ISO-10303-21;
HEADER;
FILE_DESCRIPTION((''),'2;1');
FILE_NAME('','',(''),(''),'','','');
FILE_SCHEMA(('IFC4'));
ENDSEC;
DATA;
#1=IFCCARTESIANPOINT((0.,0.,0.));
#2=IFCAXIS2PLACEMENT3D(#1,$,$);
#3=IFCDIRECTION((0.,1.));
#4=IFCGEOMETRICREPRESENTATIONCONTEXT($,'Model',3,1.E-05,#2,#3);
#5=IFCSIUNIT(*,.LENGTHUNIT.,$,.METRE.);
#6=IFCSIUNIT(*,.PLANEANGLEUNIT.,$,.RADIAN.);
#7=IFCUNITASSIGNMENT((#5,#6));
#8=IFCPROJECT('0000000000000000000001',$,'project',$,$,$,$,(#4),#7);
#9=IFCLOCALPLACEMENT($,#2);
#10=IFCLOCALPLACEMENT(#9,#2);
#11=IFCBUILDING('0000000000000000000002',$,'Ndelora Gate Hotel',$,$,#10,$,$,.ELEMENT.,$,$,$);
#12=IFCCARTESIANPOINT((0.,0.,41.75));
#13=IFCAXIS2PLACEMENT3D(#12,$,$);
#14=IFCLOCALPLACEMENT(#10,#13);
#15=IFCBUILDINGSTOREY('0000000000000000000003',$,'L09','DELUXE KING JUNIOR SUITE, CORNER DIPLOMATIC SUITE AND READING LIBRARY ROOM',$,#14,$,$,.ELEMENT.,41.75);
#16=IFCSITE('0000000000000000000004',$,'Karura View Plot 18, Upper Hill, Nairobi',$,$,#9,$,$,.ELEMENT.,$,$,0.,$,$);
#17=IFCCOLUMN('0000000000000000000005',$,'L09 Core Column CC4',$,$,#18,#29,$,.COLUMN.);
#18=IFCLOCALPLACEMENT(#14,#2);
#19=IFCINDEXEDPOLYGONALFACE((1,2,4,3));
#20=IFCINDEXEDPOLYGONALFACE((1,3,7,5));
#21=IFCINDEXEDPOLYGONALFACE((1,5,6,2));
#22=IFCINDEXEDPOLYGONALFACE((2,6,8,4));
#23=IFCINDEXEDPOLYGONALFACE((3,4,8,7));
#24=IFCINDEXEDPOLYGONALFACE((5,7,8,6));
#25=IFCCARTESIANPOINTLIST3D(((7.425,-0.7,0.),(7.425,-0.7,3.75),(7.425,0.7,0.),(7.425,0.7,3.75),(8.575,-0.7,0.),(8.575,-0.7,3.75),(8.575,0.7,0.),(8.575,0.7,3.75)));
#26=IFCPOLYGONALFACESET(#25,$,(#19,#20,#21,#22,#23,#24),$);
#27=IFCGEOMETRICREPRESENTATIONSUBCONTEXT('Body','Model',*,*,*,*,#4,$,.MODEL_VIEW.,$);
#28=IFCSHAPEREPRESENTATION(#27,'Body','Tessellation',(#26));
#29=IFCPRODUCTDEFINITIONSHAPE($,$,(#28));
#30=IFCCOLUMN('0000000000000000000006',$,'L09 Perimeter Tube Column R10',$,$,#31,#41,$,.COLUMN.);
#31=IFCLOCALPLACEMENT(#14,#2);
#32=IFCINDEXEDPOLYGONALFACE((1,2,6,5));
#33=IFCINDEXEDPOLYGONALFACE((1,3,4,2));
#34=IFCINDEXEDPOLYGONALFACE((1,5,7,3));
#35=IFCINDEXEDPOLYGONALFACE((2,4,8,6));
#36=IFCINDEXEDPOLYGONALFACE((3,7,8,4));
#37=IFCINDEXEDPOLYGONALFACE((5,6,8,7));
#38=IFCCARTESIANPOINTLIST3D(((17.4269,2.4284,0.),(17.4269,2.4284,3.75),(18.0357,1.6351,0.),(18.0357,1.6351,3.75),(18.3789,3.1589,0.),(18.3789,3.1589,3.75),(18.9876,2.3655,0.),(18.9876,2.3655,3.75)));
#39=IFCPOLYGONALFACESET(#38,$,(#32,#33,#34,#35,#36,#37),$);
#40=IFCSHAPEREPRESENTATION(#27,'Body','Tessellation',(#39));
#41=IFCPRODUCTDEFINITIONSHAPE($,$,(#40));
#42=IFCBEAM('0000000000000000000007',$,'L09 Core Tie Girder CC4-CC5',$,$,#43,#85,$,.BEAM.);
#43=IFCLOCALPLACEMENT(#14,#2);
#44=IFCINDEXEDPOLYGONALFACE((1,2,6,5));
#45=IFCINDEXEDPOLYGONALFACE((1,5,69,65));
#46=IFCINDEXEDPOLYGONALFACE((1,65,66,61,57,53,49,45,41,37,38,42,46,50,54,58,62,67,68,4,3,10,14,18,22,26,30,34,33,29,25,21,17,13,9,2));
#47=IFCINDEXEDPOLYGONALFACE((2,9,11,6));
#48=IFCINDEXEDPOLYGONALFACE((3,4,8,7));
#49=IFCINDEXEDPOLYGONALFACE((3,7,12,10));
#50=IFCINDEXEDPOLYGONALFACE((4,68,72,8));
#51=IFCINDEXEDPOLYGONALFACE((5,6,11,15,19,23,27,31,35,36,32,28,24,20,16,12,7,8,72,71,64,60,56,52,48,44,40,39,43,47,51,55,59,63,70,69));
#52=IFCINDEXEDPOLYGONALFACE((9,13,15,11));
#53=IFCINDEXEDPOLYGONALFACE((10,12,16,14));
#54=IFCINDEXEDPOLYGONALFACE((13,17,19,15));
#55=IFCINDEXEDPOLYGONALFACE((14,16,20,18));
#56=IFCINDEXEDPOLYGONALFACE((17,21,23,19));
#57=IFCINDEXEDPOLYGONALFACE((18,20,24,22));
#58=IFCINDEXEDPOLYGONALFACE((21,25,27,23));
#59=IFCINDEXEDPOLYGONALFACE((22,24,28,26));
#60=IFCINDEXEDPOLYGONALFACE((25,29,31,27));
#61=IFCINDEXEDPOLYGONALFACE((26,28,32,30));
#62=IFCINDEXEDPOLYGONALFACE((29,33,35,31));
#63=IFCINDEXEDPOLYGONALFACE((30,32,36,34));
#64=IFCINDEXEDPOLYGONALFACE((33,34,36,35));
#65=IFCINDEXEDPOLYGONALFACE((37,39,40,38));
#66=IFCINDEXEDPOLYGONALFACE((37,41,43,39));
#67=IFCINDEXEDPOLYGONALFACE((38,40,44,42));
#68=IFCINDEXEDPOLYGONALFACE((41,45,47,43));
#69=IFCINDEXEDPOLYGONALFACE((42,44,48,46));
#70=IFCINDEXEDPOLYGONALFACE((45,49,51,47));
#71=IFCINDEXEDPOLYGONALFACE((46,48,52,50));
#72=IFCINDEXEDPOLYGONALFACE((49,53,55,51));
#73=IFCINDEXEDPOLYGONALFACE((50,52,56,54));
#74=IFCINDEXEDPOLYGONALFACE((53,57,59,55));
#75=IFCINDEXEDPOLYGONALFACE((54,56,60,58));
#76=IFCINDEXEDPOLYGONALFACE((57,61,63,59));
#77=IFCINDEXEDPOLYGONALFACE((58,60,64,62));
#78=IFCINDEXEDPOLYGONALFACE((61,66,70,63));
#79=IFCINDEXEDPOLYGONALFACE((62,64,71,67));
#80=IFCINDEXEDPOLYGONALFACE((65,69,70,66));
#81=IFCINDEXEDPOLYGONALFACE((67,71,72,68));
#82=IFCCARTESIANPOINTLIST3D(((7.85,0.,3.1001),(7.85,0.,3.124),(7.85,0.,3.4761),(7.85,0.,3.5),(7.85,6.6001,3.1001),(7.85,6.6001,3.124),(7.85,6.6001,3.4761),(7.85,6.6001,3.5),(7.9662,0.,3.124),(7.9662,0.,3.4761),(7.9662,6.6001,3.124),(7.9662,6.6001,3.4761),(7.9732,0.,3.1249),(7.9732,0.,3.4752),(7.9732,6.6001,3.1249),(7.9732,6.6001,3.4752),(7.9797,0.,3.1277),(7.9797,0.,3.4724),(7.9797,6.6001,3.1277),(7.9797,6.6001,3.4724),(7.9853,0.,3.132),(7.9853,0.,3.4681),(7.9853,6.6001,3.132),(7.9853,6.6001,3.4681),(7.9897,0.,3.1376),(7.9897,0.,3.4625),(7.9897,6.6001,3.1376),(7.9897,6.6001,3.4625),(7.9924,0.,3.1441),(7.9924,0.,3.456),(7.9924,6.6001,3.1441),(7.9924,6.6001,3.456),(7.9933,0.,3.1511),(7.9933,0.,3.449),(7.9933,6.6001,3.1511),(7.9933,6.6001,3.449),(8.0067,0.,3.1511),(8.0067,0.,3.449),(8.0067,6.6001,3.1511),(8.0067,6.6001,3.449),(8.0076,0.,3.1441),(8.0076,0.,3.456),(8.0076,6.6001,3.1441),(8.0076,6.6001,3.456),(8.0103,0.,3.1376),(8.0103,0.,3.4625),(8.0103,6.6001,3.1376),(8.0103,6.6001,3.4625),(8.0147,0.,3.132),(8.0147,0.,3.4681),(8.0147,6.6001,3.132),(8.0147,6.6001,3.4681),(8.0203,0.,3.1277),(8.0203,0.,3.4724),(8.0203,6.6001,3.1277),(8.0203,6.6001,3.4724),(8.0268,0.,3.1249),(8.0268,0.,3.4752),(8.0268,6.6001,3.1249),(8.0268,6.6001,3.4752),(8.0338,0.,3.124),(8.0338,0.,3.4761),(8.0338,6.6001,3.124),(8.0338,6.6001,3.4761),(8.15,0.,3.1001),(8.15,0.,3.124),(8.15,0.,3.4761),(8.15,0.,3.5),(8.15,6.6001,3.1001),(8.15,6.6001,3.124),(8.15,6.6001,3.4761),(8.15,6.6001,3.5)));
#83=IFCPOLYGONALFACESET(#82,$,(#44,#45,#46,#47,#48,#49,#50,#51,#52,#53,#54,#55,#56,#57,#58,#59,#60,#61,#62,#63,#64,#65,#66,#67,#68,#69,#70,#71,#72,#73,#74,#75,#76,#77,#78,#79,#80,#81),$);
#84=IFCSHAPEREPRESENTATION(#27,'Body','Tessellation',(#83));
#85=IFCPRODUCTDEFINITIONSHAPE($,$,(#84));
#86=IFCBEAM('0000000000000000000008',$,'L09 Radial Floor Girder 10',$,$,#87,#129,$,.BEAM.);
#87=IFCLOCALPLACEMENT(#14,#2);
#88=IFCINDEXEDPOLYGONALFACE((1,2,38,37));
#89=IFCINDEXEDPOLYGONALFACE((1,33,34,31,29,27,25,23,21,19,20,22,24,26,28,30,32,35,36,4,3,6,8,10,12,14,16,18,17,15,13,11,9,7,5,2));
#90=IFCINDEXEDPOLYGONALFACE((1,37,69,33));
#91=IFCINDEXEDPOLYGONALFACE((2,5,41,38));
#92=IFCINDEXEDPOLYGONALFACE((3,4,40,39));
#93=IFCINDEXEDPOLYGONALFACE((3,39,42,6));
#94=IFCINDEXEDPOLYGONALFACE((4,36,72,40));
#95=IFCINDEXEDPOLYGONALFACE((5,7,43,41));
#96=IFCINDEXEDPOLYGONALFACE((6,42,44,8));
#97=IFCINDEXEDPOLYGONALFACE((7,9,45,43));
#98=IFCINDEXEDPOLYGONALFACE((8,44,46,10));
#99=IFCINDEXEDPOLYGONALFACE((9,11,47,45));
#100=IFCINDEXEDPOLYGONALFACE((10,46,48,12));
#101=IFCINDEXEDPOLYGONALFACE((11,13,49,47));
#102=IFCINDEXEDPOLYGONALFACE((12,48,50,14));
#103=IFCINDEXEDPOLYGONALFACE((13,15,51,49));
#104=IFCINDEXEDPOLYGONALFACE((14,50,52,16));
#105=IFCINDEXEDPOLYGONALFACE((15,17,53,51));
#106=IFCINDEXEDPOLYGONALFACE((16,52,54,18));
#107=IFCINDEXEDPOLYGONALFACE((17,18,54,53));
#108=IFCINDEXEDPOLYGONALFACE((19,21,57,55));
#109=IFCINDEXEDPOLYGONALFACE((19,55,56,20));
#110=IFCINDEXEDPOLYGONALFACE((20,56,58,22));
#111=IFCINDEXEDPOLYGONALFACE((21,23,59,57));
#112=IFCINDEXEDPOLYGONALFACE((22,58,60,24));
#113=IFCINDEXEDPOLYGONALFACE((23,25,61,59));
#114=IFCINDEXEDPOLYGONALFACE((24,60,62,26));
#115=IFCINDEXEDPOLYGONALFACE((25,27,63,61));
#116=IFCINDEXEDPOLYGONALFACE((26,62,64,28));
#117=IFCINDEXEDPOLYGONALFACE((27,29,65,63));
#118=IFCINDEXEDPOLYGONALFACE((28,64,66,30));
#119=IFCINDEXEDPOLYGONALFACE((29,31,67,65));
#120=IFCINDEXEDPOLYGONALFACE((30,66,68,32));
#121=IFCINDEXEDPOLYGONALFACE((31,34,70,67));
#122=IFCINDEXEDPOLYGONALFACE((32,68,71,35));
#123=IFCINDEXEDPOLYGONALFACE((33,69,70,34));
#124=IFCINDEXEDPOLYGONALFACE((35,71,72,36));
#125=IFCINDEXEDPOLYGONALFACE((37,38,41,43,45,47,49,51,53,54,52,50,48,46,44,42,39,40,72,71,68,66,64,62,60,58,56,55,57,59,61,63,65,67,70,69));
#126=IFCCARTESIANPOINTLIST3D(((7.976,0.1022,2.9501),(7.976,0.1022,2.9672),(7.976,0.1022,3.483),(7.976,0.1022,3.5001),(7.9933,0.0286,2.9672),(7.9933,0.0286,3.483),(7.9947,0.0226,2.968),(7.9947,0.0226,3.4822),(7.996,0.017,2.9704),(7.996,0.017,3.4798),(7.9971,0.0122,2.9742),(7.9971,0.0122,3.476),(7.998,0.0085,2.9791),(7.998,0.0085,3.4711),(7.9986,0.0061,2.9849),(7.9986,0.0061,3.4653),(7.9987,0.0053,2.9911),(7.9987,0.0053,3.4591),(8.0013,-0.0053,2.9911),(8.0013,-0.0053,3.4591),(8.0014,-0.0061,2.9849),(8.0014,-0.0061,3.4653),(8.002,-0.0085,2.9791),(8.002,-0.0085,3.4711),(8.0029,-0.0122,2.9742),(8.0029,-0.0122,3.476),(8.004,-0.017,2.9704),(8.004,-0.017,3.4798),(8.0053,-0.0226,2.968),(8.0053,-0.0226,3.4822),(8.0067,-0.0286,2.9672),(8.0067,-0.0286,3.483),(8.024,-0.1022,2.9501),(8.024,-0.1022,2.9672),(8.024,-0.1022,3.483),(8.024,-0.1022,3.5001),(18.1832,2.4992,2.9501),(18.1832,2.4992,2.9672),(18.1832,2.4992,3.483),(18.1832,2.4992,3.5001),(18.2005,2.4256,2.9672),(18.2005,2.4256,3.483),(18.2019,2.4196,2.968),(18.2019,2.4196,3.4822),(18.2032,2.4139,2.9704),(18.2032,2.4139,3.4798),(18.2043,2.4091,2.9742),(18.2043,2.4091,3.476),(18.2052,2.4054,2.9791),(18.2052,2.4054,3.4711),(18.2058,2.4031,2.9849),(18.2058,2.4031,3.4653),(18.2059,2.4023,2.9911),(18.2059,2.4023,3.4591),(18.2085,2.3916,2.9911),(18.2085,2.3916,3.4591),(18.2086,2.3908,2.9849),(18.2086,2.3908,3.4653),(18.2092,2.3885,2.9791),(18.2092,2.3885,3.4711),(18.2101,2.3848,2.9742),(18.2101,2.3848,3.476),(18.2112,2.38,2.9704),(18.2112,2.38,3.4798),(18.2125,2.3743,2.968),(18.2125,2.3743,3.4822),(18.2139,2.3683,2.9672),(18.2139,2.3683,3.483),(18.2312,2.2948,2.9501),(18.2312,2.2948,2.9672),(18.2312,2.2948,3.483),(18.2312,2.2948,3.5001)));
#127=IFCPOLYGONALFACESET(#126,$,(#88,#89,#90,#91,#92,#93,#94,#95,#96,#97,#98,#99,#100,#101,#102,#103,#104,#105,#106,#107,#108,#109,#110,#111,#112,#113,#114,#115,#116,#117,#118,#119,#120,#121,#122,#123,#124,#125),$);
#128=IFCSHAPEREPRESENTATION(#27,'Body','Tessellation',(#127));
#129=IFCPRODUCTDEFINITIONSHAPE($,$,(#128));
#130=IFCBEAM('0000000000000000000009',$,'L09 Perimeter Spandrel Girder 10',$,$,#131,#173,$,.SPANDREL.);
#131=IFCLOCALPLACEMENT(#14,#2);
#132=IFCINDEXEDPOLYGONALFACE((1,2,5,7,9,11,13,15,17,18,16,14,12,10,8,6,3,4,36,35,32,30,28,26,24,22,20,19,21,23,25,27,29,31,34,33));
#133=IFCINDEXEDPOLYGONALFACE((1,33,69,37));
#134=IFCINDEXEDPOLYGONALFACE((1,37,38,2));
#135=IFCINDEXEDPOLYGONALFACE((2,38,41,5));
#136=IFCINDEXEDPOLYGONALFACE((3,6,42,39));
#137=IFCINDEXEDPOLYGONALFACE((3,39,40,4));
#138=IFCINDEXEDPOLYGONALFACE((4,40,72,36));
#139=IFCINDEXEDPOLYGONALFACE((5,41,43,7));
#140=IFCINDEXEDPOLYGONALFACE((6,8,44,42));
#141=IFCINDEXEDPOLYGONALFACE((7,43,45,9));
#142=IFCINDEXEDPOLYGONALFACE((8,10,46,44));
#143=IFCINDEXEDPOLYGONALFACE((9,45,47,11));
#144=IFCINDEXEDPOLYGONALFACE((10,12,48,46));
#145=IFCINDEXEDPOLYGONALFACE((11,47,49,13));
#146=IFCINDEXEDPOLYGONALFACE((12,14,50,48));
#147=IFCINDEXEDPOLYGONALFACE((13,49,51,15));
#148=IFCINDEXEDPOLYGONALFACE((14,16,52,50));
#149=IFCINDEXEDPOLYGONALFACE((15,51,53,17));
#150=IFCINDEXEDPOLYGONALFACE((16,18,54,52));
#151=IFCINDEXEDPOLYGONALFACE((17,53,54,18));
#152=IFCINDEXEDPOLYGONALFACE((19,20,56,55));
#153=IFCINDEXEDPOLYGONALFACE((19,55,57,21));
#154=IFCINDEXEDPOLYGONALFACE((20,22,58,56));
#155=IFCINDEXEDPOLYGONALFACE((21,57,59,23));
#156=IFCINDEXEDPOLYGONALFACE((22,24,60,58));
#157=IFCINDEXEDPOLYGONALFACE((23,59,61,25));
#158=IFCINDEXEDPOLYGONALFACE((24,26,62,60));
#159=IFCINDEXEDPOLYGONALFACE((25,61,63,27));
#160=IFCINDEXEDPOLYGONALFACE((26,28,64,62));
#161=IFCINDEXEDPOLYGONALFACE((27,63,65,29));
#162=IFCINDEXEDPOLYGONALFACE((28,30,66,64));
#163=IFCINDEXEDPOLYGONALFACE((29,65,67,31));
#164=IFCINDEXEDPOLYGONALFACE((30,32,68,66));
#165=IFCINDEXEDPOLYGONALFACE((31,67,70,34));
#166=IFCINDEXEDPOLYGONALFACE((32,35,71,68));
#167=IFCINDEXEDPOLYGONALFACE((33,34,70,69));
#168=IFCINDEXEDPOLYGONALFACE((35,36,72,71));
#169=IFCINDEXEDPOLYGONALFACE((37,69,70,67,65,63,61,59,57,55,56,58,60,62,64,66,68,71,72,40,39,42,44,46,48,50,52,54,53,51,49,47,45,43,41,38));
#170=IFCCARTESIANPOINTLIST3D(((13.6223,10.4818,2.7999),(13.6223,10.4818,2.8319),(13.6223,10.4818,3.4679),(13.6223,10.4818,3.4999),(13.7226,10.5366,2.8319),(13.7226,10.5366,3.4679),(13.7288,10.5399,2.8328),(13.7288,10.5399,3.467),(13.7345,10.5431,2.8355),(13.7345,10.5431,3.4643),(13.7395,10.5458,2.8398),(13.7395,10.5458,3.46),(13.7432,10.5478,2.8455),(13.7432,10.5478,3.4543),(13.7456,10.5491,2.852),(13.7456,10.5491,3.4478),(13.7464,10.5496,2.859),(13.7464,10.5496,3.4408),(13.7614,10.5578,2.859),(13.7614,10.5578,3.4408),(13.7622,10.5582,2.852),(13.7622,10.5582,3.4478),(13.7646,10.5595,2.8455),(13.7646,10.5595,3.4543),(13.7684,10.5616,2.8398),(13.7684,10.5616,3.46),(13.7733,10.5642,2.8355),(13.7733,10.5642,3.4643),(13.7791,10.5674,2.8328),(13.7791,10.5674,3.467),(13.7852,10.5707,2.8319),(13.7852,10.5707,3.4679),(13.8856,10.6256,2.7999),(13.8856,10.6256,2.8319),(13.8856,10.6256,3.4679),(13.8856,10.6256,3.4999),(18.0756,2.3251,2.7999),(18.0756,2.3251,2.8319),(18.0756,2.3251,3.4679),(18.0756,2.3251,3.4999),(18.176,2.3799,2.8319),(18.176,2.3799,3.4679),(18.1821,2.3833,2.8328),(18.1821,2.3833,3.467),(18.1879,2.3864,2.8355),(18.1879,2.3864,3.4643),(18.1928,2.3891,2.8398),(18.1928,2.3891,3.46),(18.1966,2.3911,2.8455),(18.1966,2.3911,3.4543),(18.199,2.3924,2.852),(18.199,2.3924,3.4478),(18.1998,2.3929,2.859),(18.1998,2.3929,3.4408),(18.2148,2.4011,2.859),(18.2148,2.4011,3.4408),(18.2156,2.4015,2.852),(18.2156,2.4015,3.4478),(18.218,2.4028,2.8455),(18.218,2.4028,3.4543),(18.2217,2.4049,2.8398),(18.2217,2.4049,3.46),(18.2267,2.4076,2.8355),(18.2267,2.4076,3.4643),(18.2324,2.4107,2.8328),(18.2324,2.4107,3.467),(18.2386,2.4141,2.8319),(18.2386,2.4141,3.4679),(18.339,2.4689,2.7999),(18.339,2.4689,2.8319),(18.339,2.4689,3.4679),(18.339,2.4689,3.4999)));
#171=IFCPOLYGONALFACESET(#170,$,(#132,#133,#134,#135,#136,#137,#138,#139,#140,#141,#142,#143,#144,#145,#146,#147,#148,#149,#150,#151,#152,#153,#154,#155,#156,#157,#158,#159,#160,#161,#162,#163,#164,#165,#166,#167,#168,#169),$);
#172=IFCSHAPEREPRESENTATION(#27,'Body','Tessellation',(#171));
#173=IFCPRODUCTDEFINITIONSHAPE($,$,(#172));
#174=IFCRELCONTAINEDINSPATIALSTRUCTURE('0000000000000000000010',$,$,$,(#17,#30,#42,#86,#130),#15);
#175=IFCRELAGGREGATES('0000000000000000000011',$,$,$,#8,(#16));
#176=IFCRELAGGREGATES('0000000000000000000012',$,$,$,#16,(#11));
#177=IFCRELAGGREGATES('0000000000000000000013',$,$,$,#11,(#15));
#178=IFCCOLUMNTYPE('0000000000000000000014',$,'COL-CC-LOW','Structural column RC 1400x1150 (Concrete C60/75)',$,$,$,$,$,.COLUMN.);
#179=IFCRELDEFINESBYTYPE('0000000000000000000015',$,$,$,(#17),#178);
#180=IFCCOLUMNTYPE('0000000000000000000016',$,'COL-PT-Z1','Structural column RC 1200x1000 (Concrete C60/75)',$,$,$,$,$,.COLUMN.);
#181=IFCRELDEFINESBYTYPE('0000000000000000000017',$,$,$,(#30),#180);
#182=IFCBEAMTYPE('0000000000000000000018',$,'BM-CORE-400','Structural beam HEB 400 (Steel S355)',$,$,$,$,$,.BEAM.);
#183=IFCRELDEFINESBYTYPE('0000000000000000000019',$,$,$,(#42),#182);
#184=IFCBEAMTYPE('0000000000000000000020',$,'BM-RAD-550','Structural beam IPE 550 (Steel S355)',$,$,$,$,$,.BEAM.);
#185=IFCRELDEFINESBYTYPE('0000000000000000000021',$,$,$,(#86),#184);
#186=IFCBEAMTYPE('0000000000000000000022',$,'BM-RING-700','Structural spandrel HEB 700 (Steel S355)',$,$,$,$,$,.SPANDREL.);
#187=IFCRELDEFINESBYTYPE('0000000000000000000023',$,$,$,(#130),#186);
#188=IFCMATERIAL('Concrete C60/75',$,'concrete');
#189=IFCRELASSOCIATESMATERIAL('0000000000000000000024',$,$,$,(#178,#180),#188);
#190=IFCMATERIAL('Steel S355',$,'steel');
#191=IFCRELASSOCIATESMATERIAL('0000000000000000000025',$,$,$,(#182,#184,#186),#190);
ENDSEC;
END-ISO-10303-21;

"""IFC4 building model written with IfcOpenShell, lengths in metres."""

from ifc_helpers import new_model, si_unit, direction, frame, origin, origin_2d, place, context, subcontext, project, spatial, rectangle, i_section, extrude, material, material_profile, profile_set, type_object, element, save


model = new_model("IFC4")

# Units and contexts
model_context = context("Model", 3, precision=1e-05, world=origin(), true_north=direction((0.0, 1.0)))
body_context = subcontext(model_context, "Body", "Model", "MODEL_VIEW")
ifc_project = project(units=[si_unit("LENGTHUNIT", "METRE"), si_unit("PLANEANGLEUNIT", "RADIAN")], contexts=[model_context])

# Site, building, storey
site_placement = place(None, origin())
site = spatial("IfcSite", under=ifc_project, at=site_placement, Name="Karura View Plot 18, Upper Hill, Nairobi", CompositionType="ELEMENT", RefElevation=0.0)
building_placement = place(site_placement, origin())
building = spatial("IfcBuilding", under=site, at=building_placement, Name="Ndelora Gate Hotel", CompositionType="ELEMENT")
storey_placement = place(building_placement, frame((0.0, 0.0, 41.75)))
storey = spatial("IfcBuildingStorey", under=building, at=storey_placement, Name="L09", Description="DELUXE KING JUNIOR SUITE, CORNER DIPLOMATIC SUITE AND READING LIBRARY ROOM", CompositionType="ELEMENT", Elevation=41.75)

# Columns
ifc_material_1 = material(Name="Concrete C60/75", Category="concrete")
ifc_material_profile_1 = material_profile(ifc_material_1, rectangle(XDim=1.1499, YDim=1.3999, at=origin_2d()), Name="RC 1400x1150")
ifc_profile_set_1 = profile_set([ifc_material_profile_1], Name="Concrete C60/75")
column_type_1 = type_object("IfcColumnType", Name="COL-CC-LOW", Description="Structural column RC 1400x1150 (Concrete C60/75)", PredefinedType="COLUMN", material=ifc_profile_set_1)
column_1_placement = place(storey_placement, frame((8.0, 0.0, 0.0), z_axis=(0.0, 0.0, 1.0), x_axis=(1.0, 0.0, 0.0)))
element("IfcColumn", 1, at=column_1_placement, inside=storey, type_object=column_type_1, Name="L09 Core Column CC4", PredefinedType="COLUMN", context=body_context, shape_type="SweptSolid", body=[
    extrude(rectangle(XDim=1.1499, YDim=1.3999, at=origin_2d()), origin(), (0.0, 0.0, 1.0), 3.75),
])
ifc_material_profile_2 = material_profile(ifc_material_1, rectangle(XDim=1.0, YDim=1.2, at=origin_2d()), Name="RC 1200x1000")
ifc_profile_set_2 = profile_set([ifc_material_profile_2], Name="Concrete C60/75")
column_type_2 = type_object("IfcColumnType", Name="COL-PT-Z1", Description="Structural column RC 1200x1000 (Concrete C60/75)", PredefinedType="COLUMN", material=ifc_profile_set_2)
column_2_placement = place(storey_placement, frame((18.2073, 2.397, 0.0), z_axis=(0.0, 0.0, 1.0), x_axis=(-0.608761, 0.793353, 0.0)))
element("IfcColumn", 2, at=column_2_placement, inside=storey, type_object=column_type_2, Name="L09 Perimeter Tube Column R10", PredefinedType="COLUMN", context=body_context, shape_type="SweptSolid", body=[
    extrude(rectangle(XDim=1.0, YDim=1.2, at=origin_2d()), origin(), (0.0, 0.0, 1.0), 3.75),
])

# Beams
ifc_material_2 = material(Name="Steel S355", Category="steel")
ifc_material_profile_3 = material_profile(ifc_material_2, i_section(OverallWidth=0.3, OverallDepth=0.3999, WebThickness=0.0134, FlangeThickness=0.0239, FilletRadius=0.0271, at=origin_2d()), Name="HEB 400")
ifc_profile_set_3 = profile_set([ifc_material_profile_3], Name="Steel S355")
beam_type_1 = type_object("IfcBeamType", Name="BM-CORE-400", Description="Structural beam HEB 400 (Steel S355)", PredefinedType="BEAM", material=ifc_profile_set_3)
beam_1_placement = place(storey_placement, frame((8.0, 0.0, 3.3), z_axis=(0.0, 1.0, 0.0), x_axis=(-1.0, 0.0, 0.0)))
element("IfcBeam", 3, at=beam_1_placement, inside=storey, type_object=beam_type_1, Name="L09 Core Tie Girder CC4-CC5", PredefinedType="BEAM", context=body_context, shape_type="SweptSolid", body=[
    extrude(i_section(OverallWidth=0.3, OverallDepth=0.3999, WebThickness=0.0134, FlangeThickness=0.0239, FilletRadius=0.0271, at=origin_2d()), origin(), (0.0, 0.0, 1.0), 6.6001),
])
ifc_material_profile_4 = material_profile(ifc_material_2, i_section(OverallWidth=0.21, OverallDepth=0.55, WebThickness=0.011, FlangeThickness=0.0171, FilletRadius=0.0239, at=origin_2d()), Name="IPE 550")
ifc_profile_set_4 = profile_set([ifc_material_profile_4], Name="Steel S355")
beam_type_2 = type_object("IfcBeamType", Name="BM-RAD-550", Description="Structural beam IPE 550 (Steel S355)", PredefinedType="BEAM", material=ifc_profile_set_4)
beam_2_placement = place(storey_placement, frame((8.0, 0.0, 3.2251), z_axis=(0.973518, 0.228611, 0.0), x_axis=(-0.228611, 0.973518, 0.0)))
element("IfcBeam", 4, at=beam_2_placement, inside=storey, type_object=beam_type_2, Name="L09 Radial Floor Girder 10", PredefinedType="BEAM", context=body_context, shape_type="SweptSolid", body=[
    extrude(i_section(OverallWidth=0.21, OverallDepth=0.55, WebThickness=0.011, FlangeThickness=0.0171, FilletRadius=0.0239, at=origin_2d()), origin(), (0.0, 0.0, 1.0), 10.4849),
])
ifc_material_profile_5 = material_profile(ifc_material_2, i_section(OverallWidth=0.3, OverallDepth=0.7, WebThickness=0.0171, FlangeThickness=0.032, FilletRadius=0.0271, at=origin_2d()), Name="HEB 700")
ifc_profile_set_5 = profile_set([ifc_material_profile_5], Name="Steel S355")
beam_type_3 = type_object("IfcBeamType", Name="BM-RING-700", Description="Structural spandrel HEB 700 (Steel S355)", PredefinedType="SPANDREL", material=ifc_profile_set_5)
beam_3_placement = place(storey_placement, frame((18.2073, 2.397, 3.1499), z_axis=(-0.479204, 0.877704, 0.0), x_axis=(-0.877704, -0.479204, 0.0)))
element("IfcBeam", 5, at=beam_3_placement, inside=storey, type_object=beam_type_3, Name="L09 Perimeter Spandrel Girder 10", PredefinedType="SPANDREL", context=body_context, shape_type="SweptSolid", body=[
    extrude(i_section(OverallWidth=0.3, OverallDepth=0.7, WebThickness=0.0171, FlangeThickness=0.032, FilletRadius=0.0271, at=origin_2d()), origin(), (0.0, 0.0, 1.0), 9.2932),
])

save(model, "model.ifc")
